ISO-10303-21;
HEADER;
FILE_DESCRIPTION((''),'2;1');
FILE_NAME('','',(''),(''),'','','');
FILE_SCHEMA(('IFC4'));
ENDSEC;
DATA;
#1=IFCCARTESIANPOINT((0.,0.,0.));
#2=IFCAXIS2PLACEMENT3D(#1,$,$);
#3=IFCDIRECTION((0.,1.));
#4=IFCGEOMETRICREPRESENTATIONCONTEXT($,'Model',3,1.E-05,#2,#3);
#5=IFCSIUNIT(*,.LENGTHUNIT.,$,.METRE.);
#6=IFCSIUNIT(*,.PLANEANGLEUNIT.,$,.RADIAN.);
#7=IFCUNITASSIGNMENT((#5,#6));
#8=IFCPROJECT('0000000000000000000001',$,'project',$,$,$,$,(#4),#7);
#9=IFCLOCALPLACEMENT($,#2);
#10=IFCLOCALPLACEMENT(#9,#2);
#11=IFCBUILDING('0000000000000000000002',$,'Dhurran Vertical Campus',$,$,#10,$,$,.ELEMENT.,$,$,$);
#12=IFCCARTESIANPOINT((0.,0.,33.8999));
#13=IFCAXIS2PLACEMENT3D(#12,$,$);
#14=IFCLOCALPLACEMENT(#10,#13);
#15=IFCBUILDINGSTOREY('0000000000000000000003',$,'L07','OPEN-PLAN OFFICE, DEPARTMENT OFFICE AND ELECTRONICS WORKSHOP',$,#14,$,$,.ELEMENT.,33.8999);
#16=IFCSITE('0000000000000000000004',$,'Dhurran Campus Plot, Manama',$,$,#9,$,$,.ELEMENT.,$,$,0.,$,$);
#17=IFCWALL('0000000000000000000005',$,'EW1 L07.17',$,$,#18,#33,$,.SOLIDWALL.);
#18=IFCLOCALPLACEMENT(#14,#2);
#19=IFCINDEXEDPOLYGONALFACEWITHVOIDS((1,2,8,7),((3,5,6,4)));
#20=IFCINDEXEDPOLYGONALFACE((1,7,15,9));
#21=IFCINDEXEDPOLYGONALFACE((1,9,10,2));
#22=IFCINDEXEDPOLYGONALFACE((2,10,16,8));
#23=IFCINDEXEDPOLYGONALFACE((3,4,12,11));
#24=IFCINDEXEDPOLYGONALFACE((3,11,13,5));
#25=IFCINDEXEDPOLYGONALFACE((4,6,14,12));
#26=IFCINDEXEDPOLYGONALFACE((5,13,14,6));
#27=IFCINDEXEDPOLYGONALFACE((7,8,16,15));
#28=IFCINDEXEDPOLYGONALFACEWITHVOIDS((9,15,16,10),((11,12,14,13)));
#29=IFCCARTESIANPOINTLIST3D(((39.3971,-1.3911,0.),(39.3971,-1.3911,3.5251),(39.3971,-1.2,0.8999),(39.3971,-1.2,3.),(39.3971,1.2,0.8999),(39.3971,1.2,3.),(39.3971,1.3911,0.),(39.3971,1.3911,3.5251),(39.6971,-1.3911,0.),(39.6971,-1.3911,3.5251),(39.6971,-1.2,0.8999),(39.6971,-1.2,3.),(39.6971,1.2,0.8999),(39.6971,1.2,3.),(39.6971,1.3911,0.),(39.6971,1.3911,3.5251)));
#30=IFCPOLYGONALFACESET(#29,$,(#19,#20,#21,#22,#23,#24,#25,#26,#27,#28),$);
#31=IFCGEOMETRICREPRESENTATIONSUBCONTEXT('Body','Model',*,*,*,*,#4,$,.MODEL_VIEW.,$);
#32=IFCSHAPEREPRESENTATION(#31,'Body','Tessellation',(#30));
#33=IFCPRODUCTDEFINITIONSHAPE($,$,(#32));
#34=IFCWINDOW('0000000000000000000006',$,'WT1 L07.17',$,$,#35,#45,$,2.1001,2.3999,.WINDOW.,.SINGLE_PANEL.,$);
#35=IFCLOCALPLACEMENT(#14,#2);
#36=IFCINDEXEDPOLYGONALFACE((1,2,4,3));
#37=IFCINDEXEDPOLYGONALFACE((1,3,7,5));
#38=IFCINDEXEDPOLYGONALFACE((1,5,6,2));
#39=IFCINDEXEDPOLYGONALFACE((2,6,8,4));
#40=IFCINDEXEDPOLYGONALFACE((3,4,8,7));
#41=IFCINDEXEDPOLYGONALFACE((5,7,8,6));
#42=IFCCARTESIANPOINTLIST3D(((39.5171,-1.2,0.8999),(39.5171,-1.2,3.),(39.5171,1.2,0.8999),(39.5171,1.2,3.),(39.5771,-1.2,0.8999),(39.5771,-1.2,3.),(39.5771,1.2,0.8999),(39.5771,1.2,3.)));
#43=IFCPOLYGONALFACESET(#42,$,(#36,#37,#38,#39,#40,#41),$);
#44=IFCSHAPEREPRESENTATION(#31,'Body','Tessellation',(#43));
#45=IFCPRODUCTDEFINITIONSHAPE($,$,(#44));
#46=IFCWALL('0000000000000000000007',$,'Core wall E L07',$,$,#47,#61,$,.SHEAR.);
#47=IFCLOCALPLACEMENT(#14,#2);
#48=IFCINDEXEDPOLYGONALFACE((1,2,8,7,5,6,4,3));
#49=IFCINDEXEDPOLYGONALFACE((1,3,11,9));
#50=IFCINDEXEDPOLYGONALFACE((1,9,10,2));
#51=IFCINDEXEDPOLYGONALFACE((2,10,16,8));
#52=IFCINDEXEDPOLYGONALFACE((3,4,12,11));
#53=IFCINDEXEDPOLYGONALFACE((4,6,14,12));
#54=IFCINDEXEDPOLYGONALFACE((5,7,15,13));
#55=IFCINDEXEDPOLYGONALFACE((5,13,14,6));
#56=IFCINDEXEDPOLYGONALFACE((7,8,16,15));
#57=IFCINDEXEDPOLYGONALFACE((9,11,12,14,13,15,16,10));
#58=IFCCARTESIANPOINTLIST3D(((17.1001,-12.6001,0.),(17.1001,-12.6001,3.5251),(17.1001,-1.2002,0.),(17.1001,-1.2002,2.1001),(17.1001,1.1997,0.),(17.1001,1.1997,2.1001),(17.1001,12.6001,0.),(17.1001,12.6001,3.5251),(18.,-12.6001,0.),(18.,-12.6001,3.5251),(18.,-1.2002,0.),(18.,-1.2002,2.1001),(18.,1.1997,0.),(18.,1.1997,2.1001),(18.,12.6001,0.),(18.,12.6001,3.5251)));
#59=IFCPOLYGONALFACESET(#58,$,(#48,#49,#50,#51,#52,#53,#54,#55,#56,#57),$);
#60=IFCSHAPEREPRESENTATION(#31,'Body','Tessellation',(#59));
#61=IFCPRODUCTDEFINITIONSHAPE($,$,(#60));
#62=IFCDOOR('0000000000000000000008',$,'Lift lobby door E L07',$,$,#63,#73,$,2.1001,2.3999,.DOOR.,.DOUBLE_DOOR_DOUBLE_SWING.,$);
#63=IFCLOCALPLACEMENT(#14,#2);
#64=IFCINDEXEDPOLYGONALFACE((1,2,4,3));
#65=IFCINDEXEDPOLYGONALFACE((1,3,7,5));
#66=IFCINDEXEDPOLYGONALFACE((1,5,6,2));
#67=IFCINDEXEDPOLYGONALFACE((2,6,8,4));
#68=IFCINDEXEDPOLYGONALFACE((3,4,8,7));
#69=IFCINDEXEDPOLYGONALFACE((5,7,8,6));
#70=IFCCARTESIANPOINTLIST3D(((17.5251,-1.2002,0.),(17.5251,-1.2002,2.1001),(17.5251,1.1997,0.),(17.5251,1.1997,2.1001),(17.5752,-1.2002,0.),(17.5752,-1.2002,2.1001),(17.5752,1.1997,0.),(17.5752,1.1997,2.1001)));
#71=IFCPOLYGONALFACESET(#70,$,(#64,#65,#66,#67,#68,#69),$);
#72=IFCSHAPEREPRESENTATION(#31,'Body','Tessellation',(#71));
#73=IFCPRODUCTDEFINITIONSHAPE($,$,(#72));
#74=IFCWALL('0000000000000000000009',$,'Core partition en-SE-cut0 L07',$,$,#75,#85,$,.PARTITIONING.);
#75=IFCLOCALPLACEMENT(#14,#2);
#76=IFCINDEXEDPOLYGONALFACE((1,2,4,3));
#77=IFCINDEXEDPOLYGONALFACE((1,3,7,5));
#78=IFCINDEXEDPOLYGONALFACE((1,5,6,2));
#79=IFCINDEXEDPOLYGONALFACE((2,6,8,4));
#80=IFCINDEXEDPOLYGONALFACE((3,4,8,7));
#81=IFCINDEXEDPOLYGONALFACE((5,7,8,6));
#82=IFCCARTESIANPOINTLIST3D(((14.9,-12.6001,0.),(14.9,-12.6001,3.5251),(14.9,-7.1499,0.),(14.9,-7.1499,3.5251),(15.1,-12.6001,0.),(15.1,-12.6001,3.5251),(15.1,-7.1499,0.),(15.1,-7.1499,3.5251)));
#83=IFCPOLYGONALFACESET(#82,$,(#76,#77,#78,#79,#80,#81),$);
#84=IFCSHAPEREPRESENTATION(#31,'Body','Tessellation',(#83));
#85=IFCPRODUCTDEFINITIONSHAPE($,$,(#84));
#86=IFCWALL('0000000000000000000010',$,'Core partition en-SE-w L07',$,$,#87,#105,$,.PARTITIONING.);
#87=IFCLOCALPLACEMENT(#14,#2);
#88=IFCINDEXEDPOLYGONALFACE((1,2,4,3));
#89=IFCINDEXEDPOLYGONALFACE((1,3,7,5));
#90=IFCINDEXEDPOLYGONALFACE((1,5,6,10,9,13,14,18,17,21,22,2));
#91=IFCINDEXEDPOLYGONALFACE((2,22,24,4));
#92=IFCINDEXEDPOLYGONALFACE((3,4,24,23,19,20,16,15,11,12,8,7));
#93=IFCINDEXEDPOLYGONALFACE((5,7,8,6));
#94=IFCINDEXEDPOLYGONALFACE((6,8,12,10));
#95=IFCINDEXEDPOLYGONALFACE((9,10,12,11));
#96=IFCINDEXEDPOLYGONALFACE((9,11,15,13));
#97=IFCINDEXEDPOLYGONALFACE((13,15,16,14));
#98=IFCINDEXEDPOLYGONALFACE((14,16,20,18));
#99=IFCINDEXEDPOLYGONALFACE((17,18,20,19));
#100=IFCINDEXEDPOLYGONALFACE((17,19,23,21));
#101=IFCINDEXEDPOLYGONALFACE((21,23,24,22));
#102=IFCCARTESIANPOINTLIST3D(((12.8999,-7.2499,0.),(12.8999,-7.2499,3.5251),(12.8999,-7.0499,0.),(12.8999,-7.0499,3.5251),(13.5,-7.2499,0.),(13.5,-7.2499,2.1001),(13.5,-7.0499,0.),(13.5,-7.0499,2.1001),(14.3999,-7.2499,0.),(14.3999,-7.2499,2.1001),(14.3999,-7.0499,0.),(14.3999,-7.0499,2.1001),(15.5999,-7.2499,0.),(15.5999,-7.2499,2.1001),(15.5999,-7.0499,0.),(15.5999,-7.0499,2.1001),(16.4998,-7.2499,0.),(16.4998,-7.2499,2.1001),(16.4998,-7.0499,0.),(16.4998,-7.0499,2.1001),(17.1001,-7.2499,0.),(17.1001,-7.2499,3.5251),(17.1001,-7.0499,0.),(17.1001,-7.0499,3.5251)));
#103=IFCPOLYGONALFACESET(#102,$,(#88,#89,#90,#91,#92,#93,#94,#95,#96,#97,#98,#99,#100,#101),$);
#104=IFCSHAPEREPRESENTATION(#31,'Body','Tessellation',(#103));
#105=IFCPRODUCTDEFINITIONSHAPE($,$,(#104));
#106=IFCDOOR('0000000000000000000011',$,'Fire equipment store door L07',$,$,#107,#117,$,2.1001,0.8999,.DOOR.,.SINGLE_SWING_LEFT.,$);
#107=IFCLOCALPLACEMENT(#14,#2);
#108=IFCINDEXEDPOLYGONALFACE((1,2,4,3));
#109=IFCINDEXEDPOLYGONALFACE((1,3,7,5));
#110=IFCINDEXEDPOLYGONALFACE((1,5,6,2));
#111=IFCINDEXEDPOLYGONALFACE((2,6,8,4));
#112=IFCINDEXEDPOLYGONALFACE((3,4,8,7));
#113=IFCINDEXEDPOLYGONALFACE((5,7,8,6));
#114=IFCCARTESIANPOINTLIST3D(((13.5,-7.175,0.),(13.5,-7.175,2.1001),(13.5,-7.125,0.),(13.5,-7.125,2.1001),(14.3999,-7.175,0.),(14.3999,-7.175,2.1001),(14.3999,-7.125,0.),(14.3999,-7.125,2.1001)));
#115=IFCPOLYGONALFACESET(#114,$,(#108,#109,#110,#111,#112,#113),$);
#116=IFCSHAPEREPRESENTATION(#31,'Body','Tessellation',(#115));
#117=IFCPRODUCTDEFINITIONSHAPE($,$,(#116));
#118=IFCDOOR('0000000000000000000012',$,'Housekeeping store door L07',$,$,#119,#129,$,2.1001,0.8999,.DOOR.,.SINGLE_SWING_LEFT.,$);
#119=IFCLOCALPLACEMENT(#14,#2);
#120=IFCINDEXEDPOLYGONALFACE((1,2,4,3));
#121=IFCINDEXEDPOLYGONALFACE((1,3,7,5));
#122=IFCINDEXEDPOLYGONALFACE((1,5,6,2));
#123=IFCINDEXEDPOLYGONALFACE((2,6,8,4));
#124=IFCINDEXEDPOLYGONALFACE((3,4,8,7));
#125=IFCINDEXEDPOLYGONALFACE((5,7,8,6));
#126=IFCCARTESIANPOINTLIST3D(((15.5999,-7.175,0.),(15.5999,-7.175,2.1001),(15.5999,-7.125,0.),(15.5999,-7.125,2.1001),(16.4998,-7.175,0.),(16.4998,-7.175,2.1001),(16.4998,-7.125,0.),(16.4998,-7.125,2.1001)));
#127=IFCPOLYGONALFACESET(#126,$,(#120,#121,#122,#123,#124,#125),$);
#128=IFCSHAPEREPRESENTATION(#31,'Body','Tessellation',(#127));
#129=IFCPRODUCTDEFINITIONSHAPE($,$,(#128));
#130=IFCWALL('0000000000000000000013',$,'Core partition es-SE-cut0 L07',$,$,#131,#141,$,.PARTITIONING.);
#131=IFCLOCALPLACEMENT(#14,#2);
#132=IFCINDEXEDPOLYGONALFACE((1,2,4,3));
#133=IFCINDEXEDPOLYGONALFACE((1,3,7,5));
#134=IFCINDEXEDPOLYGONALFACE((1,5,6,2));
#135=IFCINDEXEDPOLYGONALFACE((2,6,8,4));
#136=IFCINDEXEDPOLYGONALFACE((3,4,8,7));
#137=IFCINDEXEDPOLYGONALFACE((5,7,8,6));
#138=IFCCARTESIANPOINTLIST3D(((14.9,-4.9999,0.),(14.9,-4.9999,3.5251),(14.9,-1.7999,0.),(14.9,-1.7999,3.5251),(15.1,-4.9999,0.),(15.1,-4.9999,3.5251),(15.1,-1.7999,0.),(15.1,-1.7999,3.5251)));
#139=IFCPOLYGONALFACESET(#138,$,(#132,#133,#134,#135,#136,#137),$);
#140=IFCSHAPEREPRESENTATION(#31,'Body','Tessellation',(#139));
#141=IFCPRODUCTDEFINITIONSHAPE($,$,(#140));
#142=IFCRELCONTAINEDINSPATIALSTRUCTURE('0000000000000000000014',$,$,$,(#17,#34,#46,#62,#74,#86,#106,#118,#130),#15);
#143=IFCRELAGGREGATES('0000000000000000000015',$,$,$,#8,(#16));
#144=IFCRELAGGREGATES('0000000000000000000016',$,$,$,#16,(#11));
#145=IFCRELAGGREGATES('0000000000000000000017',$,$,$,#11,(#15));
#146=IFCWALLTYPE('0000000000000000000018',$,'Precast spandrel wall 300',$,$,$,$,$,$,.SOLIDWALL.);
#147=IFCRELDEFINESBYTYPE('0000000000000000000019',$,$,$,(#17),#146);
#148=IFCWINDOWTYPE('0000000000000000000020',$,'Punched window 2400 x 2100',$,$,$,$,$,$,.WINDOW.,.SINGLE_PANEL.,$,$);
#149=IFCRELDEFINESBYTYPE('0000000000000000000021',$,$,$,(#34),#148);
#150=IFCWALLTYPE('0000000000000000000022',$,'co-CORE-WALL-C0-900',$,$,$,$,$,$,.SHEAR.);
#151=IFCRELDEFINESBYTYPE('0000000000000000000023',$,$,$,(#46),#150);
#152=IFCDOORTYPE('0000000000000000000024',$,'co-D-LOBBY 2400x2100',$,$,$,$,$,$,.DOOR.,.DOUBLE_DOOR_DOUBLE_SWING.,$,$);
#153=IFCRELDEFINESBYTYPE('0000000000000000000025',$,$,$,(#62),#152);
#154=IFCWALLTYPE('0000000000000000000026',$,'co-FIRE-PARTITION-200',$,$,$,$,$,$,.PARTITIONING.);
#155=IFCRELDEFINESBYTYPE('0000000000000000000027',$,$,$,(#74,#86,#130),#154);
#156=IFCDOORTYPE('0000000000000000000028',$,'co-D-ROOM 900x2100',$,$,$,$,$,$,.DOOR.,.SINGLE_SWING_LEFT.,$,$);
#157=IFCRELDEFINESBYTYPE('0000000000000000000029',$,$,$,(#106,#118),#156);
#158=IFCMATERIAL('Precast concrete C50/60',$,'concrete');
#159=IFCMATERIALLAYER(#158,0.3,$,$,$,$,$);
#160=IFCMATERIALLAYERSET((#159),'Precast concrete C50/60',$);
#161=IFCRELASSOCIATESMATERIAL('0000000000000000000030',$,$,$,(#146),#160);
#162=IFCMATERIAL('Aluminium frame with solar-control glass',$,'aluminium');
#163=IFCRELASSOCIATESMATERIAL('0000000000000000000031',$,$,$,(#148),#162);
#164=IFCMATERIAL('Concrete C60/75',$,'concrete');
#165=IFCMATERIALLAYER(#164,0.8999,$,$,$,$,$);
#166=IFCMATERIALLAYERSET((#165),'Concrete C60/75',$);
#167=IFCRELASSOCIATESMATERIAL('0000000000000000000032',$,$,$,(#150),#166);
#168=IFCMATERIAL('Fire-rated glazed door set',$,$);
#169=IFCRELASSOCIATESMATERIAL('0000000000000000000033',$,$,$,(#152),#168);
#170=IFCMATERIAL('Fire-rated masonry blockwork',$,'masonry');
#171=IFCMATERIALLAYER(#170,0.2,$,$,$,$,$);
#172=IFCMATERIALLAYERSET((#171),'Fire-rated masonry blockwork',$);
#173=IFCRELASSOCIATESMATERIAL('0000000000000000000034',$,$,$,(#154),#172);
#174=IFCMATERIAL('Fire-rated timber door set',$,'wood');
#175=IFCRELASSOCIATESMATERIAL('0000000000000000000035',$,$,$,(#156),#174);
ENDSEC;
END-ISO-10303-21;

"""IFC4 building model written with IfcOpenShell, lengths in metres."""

from ifc_helpers import new_model, si_unit, direction, frame, frame_2d, origin, place, context, subcontext, project, spatial, rectangle, extrude, material, layer, layer_set, type_object, element, fill, save


model = new_model("IFC4")

# Units and contexts
model_context = context("Model", 3, precision=1e-05, world=origin(), true_north=direction((0.0, 1.0)))
body_context = subcontext(model_context, "Body", "Model", "MODEL_VIEW")
ifc_project = project(units=[si_unit("LENGTHUNIT", "METRE"), si_unit("PLANEANGLEUNIT", "RADIAN")], contexts=[model_context])

# Site, building, storey
site_placement = place(None, origin())
site = spatial("IfcSite", under=ifc_project, at=site_placement, Name="Dhurran Campus Plot, Manama", CompositionType="ELEMENT", RefElevation=0.0)
building_placement = place(site_placement, origin())
building = spatial("IfcBuilding", under=site, at=building_placement, Name="Dhurran Vertical Campus", CompositionType="ELEMENT")
storey_placement = place(building_placement, frame((0.0, 0.0, 33.8999)))
storey = spatial("IfcBuildingStorey", under=building, at=storey_placement, Name="L07", Description="OPEN-PLAN OFFICE, DEPARTMENT OFFICE AND ELECTRONICS WORKSHOP", CompositionType="ELEMENT", Elevation=33.8999)

# Wall, opening, window
ifc_material_1 = material(Name="Precast concrete C50/60", Category="concrete")
ifc_layer_1 = layer(ifc_material_1, 0.3)
ifc_layer_set_1 = layer_set([ifc_layer_1], Name="Precast concrete C50/60")
wall_type_1 = type_object("IfcWallType", Name="Precast spandrel wall 300", PredefinedType="SOLIDWALL", material=ifc_layer_set_1)
ifc_material_2 = material(Name="Aluminium frame with solar-control glass", Category="aluminium")
window_type = type_object("IfcWindowType", Name="Punched window 2400 x 2100", PartitioningType="SINGLE_PANEL", PredefinedType="WINDOW", material=ifc_material_2)
wall_1_placement = place(storey_placement, frame((39.5471, -1.3911, 0.0), z_axis=(0.0, 0.0, 1.0), x_axis=(0.0, 1.0, 0.0)))
wall_1 = element("IfcWall", 1, at=wall_1_placement, inside=storey, type_object=wall_type_1, Name="EW1 L07.17", PredefinedType="SOLIDWALL", context=body_context, shape_type="SweptSolid", body=[
    extrude(rectangle(XDim=2.7822, YDim=0.3, at=frame_2d((1.3911, 0.0))), origin(), (0.0, 0.0, 1.0), 3.5251),
])
opening_1_placement = place(wall_1_placement, frame((0.1912, 0.0, 0.8999)))
opening_1 = element("IfcOpeningElement", 2, at=opening_1_placement, cuts=wall_1, PredefinedType="OPENING", context=body_context, shape_type="SweptSolid", body=[
    extrude(rectangle(XDim=2.3999, YDim=2.1001, at=frame_2d((1.2, 1.05))), frame((0.0, 0.1599, 0.0), z_axis=(0.0, -1.0, 0.0), x_axis=(1.0, 0.0, 0.0)), (0.0, 0.0, 1.0), 0.3201),
])
window_1_placement = place(opening_1_placement, origin())
window_1 = element("IfcWindow", 3, at=window_1_placement, inside=storey, type_object=window_type, Name="WT1 L07.17", OverallHeight=2.1001, OverallWidth=2.3999, PartitioningType="SINGLE_PANEL", PredefinedType="WINDOW", context=body_context, shape_type="SweptSolid", body=[
    extrude(rectangle(XDim=2.3999, YDim=2.1001, at=frame_2d((1.2, 1.05))), frame((0.0, 0.03, 0.0), z_axis=(0.0, -1.0, 0.0), x_axis=(1.0, 0.0, 0.0)), (0.0, 0.0, 1.0), 0.0601),
])
fill(opening_1, window_1)

# Wall, opening, door
ifc_material_3 = material(Name="Concrete C60/75", Category="concrete")
ifc_layer_2 = layer(ifc_material_3, 0.8999)
ifc_layer_set_2 = layer_set([ifc_layer_2], Name="Concrete C60/75")
wall_type_2 = type_object("IfcWallType", Name="co-CORE-WALL-C0-900", PredefinedType="SHEAR", material=ifc_layer_set_2)
wall_2_placement = place(storey_placement, frame((17.55, -12.6001, 0.0), z_axis=(0.0, 0.0, 1.0), x_axis=(0.0, 1.0, 0.0)))
wall_2 = element("IfcWall", 4, at=wall_2_placement, inside=storey, type_object=wall_type_2, Name="Core wall E L07", PredefinedType="SHEAR", context=body_context, shape_type="SweptSolid", body=[
    extrude(rectangle(XDim=25.2002, YDim=0.8999, at=frame_2d((12.6001, 0.0))), origin(), (0.0, 0.0, 1.0), 3.5251),
])
opening_2_placement = place(wall_2_placement, frame((11.3999, 0.0, 0.0)))
opening_2 = element("IfcOpeningElement", 5, at=opening_2_placement, cuts=wall_2, PredefinedType="OPENING", context=body_context, shape_type="SweptSolid", body=[
    extrude(rectangle(XDim=2.3999, YDim=2.1001, at=frame_2d((1.2, 1.05))), frame((0.0, 0.46, 0.0), z_axis=(0.0, -1.0, 0.0), x_axis=(1.0, 0.0, 0.0)), (0.0, 0.0, 1.0), 0.9199),
])
ifc_material_4 = material(Name="Fire-rated glazed door set")
door_type_1 = type_object("IfcDoorType", Name="co-D-LOBBY 2400x2100", OperationType="DOUBLE_DOOR_DOUBLE_SWING", PredefinedType="DOOR", material=ifc_material_4)
door_1_placement = place(opening_2_placement, origin())
door_1 = element("IfcDoor", 6, at=door_1_placement, inside=storey, type_object=door_type_1, Name="Lift lobby door E L07", OperationType="DOUBLE_DOOR_DOUBLE_SWING", OverallHeight=2.1001, OverallWidth=2.3999, PredefinedType="DOOR", context=body_context, shape_type="SweptSolid", body=[
    extrude(rectangle(XDim=2.3999, YDim=2.1001, at=frame_2d((1.2, 1.05))), frame((0.0, 0.0249, 0.0), z_axis=(0.0, -1.0, 0.0), x_axis=(1.0, 0.0, 0.0)), (0.0, 0.0, 1.0), 0.05),
])
fill(opening_2, door_1)

# Wall
ifc_material_5 = material(Name="Fire-rated masonry blockwork", Category="masonry")
ifc_layer_3 = layer(ifc_material_5, 0.2)
ifc_layer_set_3 = layer_set([ifc_layer_3], Name="Fire-rated masonry blockwork")
wall_type_3 = type_object("IfcWallType", Name="co-FIRE-PARTITION-200", PredefinedType="PARTITIONING", material=ifc_layer_set_3)
wall_3_placement = place(storey_placement, frame((15.0, -12.6001, 0.0), z_axis=(0.0, 0.0, 1.0), x_axis=(0.0, 1.0, 0.0)))
element("IfcWall", 7, at=wall_3_placement, inside=storey, type_object=wall_type_3, Name="Core partition en-SE-cut0 L07", PredefinedType="PARTITIONING", context=body_context, shape_type="SweptSolid", body=[
    extrude(rectangle(XDim=5.4502, YDim=0.2, at=frame_2d((2.7251, 0.0))), origin(), (0.0, 0.0, 1.0), 3.5251),
])

# Wall, openings, doors
wall_4_placement = place(storey_placement, frame((12.8999, -7.1499, 0.0), z_axis=(0.0, 0.0, 1.0), x_axis=(1.0, 0.0, 0.0)))
wall_4 = element("IfcWall", 8, at=wall_4_placement, inside=storey, type_object=wall_type_3, Name="Core partition en-SE-w L07", PredefinedType="PARTITIONING", context=body_context, shape_type="SweptSolid", body=[
    extrude(rectangle(XDim=4.2002, YDim=0.2, at=frame_2d((2.1001, 0.0))), origin(), (0.0, 0.0, 1.0), 3.5251),
])
opening_3_placement = place(wall_4_placement, frame((0.6001, 0.0, 0.0)))
opening_3 = element("IfcOpeningElement", 9, at=opening_3_placement, cuts=wall_4, PredefinedType="OPENING", context=body_context, shape_type="SweptSolid", body=[
    extrude(rectangle(XDim=0.8999, YDim=2.1001, at=frame_2d((0.45, 1.05))), frame((0.0, 0.1099, 0.0), z_axis=(0.0, -1.0, 0.0), x_axis=(1.0, 0.0, 0.0)), (0.0, 0.0, 1.0), 0.22),
])
opening_4_placement = place(wall_4_placement, frame((2.7, 0.0, 0.0)))
opening_4 = element("IfcOpeningElement", 10, at=opening_4_placement, cuts=wall_4, PredefinedType="OPENING", context=body_context, shape_type="SweptSolid", body=[
    extrude(rectangle(XDim=0.8999, YDim=2.1001, at=frame_2d((0.45, 1.05))), frame((0.0, 0.1099, 0.0), z_axis=(0.0, -1.0, 0.0), x_axis=(1.0, 0.0, 0.0)), (0.0, 0.0, 1.0), 0.22),
])
ifc_material_6 = material(Name="Fire-rated timber door set", Category="wood")
door_type_2 = type_object("IfcDoorType", Name="co-D-ROOM 900x2100", OperationType="SINGLE_SWING_LEFT", PredefinedType="DOOR", material=ifc_material_6)
door_2_placement = place(opening_3_placement, origin())
door_2 = element("IfcDoor", 11, at=door_2_placement, inside=storey, type_object=door_type_2, Name="Fire equipment store door L07", OperationType="SINGLE_SWING_LEFT", OverallHeight=2.1001, OverallWidth=0.8999, PredefinedType="DOOR", context=body_context, shape_type="SweptSolid", body=[
    extrude(rectangle(XDim=0.8999, YDim=2.1001, at=frame_2d((0.45, 1.05))), frame((0.0, 0.0249, 0.0), z_axis=(0.0, -1.0, 0.0), x_axis=(1.0, 0.0, 0.0)), (0.0, 0.0, 1.0), 0.05),
])
fill(opening_3, door_2)
door_3_placement = place(opening_4_placement, origin())
door_3 = element("IfcDoor", 12, at=door_3_placement, inside=storey, type_object=door_type_2, Name="Housekeeping store door L07", OperationType="SINGLE_SWING_LEFT", OverallHeight=2.1001, OverallWidth=0.8999, PredefinedType="DOOR", context=body_context, shape_type="SweptSolid", body=[
    extrude(rectangle(XDim=0.8999, YDim=2.1001, at=frame_2d((0.45, 1.05))), frame((0.0, 0.0249, 0.0), z_axis=(0.0, -1.0, 0.0), x_axis=(1.0, 0.0, 0.0)), (0.0, 0.0, 1.0), 0.05),
])
fill(opening_4, door_3)

# Wall
wall_5_placement = place(storey_placement, frame((15.0, -5.0, 0.0), z_axis=(0.0, 0.0, 1.0), x_axis=(0.0, 1.0, 0.0)))
element("IfcWall", 13, at=wall_5_placement, inside=storey, type_object=wall_type_3, Name="Core partition es-SE-cut0 L07", PredefinedType="PARTITIONING", context=body_context, shape_type="SweptSolid", body=[
    extrude(rectangle(XDim=3.2, YDim=0.2, at=frame_2d((1.6001, 0.0))), origin(), (0.0, 0.0, 1.0), 3.5251),
])

save(model, "model.ifc")
